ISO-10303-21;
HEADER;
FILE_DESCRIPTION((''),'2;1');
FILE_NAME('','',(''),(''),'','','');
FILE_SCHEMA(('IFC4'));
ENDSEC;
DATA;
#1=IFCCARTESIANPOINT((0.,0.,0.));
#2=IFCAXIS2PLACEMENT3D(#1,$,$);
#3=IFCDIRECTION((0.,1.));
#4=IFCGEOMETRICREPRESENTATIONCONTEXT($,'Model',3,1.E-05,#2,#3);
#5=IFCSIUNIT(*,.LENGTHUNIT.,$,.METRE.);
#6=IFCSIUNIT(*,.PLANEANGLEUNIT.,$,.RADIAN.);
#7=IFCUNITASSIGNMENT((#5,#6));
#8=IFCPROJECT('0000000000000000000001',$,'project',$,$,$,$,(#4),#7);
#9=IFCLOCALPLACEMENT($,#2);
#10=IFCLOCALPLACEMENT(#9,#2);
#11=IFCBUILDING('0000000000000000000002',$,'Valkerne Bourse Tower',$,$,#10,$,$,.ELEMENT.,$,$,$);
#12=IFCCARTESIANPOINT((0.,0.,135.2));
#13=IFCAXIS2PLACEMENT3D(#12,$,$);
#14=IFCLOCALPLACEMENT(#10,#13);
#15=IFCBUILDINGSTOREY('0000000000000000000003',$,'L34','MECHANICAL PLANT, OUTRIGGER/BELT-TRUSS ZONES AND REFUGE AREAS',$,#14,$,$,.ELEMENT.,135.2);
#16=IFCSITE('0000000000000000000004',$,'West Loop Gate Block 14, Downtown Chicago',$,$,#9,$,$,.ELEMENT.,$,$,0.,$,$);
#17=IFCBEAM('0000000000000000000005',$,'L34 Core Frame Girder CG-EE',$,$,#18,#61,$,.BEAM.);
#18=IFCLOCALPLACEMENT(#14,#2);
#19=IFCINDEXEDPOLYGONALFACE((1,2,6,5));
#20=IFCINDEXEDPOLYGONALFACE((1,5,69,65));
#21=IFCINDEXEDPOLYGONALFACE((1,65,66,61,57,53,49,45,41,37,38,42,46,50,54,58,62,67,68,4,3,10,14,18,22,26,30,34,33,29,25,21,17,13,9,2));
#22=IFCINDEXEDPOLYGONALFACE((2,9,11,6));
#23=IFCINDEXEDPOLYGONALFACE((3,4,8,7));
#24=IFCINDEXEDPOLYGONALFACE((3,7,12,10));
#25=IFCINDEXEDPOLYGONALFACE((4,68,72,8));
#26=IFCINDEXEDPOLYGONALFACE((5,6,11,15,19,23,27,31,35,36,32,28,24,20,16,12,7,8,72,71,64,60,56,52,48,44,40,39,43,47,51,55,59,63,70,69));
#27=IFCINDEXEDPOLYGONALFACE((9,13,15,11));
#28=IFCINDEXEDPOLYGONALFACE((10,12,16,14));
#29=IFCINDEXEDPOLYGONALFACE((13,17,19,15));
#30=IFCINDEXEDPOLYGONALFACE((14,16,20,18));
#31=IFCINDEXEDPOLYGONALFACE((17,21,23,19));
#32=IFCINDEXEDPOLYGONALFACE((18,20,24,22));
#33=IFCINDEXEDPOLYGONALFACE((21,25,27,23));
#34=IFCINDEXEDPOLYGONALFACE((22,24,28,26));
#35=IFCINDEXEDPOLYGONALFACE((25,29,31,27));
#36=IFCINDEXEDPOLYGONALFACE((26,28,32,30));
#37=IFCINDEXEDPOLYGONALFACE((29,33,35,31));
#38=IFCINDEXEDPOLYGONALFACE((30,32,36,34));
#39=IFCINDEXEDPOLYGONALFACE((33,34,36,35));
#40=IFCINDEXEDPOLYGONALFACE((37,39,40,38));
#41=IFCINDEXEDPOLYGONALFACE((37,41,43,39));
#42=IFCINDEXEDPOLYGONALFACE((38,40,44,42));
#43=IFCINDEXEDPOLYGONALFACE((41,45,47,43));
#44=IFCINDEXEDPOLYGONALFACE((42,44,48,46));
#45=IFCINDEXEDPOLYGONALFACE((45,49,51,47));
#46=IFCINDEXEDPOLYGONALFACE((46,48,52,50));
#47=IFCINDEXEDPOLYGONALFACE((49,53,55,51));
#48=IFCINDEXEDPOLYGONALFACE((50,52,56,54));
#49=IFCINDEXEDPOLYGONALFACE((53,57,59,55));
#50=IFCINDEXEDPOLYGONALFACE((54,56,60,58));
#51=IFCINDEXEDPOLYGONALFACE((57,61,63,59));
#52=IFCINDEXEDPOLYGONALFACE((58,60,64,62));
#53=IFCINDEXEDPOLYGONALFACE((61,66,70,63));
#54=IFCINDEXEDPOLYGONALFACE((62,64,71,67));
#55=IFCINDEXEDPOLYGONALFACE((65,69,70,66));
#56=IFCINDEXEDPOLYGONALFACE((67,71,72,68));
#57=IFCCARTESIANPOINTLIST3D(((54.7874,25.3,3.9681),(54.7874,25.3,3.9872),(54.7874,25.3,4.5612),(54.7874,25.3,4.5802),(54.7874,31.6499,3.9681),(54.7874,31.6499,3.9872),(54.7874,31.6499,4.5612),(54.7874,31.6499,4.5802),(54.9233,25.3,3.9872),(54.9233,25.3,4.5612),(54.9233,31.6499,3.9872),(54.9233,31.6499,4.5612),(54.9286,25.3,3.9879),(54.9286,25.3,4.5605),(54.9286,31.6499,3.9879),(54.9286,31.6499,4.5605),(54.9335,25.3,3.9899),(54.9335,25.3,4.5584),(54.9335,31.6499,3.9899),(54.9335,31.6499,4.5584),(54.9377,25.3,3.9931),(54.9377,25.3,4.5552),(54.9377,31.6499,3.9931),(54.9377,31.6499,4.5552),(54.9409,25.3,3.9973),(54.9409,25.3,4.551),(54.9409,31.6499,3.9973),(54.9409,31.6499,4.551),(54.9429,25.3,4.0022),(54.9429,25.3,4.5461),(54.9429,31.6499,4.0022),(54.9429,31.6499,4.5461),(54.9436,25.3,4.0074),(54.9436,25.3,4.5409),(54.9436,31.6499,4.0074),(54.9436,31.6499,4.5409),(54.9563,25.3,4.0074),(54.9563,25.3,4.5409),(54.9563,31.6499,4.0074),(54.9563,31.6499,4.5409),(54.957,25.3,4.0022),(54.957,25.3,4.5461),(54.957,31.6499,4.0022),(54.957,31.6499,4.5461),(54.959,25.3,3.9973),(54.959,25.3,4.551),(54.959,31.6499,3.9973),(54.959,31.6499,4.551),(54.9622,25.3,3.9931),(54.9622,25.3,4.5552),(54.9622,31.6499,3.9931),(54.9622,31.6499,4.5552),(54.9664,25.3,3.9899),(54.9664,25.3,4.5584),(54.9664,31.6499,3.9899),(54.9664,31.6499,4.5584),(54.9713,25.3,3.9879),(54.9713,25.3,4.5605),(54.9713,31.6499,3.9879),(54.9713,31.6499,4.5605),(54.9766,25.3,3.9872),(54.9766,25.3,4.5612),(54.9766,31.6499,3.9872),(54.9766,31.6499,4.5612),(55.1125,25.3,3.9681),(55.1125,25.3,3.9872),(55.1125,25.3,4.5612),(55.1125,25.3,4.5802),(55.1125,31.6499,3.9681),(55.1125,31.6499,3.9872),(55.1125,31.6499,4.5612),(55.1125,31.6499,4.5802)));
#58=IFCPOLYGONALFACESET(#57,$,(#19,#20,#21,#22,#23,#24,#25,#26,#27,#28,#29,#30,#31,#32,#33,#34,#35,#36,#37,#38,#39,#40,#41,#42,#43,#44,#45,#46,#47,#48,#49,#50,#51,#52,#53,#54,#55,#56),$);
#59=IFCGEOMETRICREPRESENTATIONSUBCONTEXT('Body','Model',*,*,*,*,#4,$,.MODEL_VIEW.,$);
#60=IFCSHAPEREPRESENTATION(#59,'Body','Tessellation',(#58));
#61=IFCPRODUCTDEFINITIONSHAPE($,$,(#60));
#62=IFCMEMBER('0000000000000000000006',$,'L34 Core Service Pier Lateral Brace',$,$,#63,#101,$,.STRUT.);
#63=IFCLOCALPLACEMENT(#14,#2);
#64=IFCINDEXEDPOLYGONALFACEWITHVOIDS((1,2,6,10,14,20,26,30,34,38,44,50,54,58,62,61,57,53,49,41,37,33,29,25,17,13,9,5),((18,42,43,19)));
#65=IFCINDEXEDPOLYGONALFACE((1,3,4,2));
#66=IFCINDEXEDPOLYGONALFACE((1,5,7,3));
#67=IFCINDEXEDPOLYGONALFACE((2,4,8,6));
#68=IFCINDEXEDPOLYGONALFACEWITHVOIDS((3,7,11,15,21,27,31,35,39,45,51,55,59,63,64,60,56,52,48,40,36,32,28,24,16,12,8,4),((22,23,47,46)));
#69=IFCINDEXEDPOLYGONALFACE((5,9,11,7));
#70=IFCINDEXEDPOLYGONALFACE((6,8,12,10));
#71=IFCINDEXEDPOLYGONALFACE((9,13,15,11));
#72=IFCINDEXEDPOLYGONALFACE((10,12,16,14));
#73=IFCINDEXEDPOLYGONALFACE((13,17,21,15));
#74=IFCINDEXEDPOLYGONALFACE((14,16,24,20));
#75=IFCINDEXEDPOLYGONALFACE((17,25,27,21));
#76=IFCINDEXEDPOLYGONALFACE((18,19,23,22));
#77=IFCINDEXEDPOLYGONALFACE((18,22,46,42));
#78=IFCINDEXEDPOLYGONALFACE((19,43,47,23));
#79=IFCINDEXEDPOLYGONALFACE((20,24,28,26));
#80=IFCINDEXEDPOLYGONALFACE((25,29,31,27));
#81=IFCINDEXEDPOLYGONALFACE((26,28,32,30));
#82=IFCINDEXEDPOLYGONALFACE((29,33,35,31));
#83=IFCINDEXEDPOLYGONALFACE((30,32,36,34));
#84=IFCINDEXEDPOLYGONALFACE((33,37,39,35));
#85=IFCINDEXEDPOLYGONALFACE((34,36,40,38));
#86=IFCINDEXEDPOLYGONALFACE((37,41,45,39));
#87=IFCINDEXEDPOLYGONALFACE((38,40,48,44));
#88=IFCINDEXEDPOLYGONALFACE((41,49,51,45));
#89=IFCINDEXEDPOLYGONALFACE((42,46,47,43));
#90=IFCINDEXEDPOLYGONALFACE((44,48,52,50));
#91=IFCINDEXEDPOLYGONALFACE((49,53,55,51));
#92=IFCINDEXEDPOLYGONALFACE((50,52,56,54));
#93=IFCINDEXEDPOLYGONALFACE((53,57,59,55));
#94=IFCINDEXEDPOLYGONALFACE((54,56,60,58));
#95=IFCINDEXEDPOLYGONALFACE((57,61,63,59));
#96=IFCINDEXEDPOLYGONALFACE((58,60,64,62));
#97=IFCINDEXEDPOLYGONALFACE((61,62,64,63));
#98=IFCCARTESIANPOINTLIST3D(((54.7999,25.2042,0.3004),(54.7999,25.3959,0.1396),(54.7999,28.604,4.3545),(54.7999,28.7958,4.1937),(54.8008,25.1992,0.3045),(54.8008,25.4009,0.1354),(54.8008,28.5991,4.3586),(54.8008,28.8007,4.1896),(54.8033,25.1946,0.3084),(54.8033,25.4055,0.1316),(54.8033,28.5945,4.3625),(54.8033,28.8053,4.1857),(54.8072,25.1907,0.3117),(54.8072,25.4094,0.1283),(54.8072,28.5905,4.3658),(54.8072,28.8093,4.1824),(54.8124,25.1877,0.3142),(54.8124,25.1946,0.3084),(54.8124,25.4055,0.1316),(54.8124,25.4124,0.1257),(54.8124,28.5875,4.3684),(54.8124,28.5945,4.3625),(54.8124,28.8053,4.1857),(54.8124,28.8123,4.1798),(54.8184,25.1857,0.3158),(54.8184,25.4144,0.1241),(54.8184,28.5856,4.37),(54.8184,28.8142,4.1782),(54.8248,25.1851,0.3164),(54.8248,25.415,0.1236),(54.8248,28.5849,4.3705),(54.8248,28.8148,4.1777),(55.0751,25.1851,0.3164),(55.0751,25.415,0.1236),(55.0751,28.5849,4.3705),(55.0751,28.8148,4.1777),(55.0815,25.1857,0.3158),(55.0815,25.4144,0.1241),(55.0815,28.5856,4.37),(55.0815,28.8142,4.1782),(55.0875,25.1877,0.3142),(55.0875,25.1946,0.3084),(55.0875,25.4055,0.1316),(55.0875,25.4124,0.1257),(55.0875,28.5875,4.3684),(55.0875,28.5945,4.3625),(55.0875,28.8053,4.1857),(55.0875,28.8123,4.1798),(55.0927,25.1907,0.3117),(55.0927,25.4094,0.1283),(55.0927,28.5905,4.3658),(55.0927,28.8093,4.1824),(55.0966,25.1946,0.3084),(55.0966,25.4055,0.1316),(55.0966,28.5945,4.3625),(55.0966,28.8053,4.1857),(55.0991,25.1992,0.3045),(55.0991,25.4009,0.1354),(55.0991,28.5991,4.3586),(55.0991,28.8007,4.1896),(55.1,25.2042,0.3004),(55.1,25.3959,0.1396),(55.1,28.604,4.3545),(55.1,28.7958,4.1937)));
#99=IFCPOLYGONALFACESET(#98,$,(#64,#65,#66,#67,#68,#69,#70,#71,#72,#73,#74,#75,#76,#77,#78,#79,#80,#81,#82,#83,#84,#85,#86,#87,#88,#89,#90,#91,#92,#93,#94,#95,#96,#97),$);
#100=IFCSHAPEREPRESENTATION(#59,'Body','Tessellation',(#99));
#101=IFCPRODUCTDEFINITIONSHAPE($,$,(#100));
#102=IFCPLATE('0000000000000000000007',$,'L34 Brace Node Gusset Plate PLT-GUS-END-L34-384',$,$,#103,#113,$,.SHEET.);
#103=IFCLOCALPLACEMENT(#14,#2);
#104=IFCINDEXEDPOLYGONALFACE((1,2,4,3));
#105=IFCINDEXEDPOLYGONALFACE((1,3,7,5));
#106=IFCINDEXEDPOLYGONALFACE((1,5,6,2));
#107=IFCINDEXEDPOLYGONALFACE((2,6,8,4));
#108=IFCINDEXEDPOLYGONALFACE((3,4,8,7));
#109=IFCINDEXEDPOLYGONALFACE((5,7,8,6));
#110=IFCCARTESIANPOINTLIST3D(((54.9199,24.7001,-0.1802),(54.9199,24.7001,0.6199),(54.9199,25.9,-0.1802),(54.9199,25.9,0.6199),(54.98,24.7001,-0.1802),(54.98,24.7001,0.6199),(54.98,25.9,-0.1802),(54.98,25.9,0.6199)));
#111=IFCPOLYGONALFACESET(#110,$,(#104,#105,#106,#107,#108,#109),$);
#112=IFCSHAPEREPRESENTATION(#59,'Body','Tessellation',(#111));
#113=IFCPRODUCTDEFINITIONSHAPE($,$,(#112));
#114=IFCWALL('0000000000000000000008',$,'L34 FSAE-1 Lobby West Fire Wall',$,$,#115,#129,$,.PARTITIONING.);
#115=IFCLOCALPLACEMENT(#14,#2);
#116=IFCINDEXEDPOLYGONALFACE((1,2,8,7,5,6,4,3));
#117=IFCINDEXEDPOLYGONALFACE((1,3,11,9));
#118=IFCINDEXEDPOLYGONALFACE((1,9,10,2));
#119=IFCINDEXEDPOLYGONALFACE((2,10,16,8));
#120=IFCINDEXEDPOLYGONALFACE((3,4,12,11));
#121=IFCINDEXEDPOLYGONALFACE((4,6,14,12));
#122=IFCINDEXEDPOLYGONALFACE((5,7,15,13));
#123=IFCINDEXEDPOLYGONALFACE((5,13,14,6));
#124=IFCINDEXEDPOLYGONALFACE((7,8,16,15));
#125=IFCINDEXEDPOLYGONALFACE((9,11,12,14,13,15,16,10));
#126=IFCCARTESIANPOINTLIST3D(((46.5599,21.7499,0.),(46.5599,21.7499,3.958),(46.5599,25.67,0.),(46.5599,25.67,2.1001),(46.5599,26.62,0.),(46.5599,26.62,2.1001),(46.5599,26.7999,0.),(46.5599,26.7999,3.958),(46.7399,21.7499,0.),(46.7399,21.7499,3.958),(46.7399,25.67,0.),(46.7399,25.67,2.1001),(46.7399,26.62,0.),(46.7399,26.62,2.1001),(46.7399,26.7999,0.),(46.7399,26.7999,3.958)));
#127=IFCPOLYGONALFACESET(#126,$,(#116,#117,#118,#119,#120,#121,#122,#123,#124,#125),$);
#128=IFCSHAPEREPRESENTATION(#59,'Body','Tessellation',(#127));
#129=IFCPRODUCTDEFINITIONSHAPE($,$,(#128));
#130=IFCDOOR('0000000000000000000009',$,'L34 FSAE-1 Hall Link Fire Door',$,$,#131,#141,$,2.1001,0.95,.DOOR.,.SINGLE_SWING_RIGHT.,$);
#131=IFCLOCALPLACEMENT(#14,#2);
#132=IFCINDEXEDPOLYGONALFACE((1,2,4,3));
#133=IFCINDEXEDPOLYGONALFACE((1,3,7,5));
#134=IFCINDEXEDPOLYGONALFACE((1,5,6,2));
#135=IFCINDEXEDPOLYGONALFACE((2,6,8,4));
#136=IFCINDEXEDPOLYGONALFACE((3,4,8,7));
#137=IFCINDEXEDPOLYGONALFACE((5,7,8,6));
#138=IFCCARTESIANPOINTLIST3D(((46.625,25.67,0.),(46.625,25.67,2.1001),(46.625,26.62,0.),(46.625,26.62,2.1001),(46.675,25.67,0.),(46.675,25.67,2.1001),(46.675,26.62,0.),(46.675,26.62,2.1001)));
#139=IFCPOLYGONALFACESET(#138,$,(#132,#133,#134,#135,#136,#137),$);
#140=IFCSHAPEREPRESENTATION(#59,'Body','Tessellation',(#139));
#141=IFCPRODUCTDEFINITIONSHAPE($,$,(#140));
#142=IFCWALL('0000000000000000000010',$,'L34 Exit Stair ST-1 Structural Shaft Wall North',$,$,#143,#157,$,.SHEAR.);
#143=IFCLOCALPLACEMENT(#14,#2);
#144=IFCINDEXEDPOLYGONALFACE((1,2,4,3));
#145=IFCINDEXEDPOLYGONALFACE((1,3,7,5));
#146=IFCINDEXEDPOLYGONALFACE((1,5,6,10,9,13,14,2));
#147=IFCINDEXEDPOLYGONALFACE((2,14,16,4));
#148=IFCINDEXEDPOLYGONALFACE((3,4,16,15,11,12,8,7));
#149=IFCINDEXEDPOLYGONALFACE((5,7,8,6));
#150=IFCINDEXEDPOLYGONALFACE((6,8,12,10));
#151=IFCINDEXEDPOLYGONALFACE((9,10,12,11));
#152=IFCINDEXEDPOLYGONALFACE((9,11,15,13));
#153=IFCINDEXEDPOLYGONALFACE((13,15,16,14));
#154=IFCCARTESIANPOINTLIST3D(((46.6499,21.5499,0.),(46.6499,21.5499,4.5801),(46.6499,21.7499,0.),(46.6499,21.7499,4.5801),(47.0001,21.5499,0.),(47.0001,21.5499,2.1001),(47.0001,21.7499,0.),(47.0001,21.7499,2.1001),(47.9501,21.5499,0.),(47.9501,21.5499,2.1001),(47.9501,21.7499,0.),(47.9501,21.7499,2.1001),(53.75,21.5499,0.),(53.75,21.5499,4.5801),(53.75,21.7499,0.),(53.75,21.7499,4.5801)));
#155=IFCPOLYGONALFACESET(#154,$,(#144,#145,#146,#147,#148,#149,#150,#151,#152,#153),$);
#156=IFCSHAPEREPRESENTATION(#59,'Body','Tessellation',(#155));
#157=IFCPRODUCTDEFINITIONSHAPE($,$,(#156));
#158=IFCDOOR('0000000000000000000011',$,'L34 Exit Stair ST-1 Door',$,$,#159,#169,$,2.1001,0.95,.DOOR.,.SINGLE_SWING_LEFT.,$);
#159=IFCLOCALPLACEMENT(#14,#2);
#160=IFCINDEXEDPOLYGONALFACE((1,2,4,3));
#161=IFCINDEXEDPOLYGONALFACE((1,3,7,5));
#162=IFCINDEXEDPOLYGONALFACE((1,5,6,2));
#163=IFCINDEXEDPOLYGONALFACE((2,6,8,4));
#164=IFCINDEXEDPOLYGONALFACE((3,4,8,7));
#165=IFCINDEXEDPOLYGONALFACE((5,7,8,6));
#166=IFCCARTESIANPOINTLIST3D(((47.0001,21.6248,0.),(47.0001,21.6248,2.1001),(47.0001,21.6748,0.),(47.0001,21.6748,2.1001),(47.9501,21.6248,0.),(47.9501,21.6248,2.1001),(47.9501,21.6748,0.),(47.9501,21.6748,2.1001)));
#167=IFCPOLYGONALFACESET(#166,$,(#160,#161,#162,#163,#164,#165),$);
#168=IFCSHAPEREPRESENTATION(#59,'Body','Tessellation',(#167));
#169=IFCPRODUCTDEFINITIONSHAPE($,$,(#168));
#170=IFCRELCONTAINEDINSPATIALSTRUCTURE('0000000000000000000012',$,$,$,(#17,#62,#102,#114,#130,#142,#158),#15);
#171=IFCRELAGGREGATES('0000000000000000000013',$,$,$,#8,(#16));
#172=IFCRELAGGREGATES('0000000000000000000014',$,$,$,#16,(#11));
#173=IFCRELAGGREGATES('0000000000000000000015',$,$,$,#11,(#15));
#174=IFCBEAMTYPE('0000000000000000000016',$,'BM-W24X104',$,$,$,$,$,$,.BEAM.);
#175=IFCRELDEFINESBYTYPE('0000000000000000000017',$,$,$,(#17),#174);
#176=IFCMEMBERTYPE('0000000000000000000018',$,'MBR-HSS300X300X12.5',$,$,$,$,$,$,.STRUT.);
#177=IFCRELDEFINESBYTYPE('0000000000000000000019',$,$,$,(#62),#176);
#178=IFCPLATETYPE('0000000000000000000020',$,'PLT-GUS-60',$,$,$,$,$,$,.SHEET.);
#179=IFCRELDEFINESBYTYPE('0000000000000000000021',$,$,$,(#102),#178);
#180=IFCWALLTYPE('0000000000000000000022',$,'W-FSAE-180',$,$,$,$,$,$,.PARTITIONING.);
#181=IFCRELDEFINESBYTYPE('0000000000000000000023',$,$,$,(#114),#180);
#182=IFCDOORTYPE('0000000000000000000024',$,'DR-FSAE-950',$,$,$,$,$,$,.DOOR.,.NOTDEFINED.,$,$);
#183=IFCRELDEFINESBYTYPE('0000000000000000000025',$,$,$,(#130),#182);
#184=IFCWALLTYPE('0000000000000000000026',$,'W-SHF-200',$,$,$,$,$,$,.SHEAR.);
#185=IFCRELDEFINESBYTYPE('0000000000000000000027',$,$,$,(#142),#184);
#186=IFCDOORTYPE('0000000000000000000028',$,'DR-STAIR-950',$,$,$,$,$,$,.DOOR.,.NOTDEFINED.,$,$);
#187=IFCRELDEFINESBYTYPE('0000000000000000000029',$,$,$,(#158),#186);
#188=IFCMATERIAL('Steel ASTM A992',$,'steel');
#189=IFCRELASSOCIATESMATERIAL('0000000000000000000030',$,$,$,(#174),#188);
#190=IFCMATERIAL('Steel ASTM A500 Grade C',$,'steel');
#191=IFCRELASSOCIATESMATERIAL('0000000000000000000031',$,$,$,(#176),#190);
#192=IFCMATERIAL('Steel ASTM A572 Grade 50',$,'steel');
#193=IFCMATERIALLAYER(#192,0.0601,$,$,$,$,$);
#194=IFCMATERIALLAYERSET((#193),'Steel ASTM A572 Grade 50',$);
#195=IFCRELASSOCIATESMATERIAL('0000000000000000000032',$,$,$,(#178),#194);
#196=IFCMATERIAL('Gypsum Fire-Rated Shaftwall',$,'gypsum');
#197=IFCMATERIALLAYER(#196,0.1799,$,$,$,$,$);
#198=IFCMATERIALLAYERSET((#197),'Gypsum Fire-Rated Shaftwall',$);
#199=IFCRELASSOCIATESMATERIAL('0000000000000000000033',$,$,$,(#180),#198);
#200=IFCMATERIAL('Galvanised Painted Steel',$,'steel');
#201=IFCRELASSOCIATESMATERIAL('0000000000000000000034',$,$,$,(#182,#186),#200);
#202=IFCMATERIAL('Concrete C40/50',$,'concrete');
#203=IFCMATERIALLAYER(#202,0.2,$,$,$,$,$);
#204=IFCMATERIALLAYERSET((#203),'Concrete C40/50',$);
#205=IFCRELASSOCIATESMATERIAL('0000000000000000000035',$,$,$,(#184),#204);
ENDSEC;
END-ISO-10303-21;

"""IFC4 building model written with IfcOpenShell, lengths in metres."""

from ifc_helpers import new_model, si_unit, direction, frame, frame_2d, origin, origin_2d, place, context, subcontext, project, spatial, rectangle, hollow_rectangle, i_section, extrude, material, layer, layer_set, material_profile, profile_set, type_object, element, fill, save


model = new_model("IFC4")

# Units and contexts
model_context = context("Model", 3, precision=1e-05, world=origin(), true_north=direction((0.0, 1.0)))
body_context = subcontext(model_context, "Body", "Model", "MODEL_VIEW")
ifc_project = project(units=[si_unit("LENGTHUNIT", "METRE"), si_unit("PLANEANGLEUNIT", "RADIAN")], contexts=[model_context])

# Site, building, storey
site_placement = place(None, origin())
site = spatial("IfcSite", under=ifc_project, at=site_placement, Name="West Loop Gate Block 14, Downtown Chicago", CompositionType="ELEMENT", RefElevation=0.0)
building_placement = place(site_placement, origin())
building = spatial("IfcBuilding", under=site, at=building_placement, Name="Valkerne Bourse Tower", CompositionType="ELEMENT")
storey_placement = place(building_placement, frame((0.0, 0.0, 135.2)))
storey = spatial("IfcBuildingStorey", under=building, at=storey_placement, Name="L34", Description="MECHANICAL PLANT, OUTRIGGER/BELT-TRUSS ZONES AND REFUGE AREAS", CompositionType="ELEMENT", Elevation=135.2)

# Beam
ifc_material_1 = material(Name="Steel ASTM A992", Category="steel")
ifc_material_profile_1 = material_profile(ifc_material_1, i_section(OverallWidth=0.3252, OverallDepth=0.6121, WebThickness=0.0127, FlangeThickness=0.019, FilletRadius=0.0203, at=origin_2d()), Name="W24X104")
ifc_profile_set_1 = profile_set([ifc_material_profile_1], Name="Steel ASTM A992")
beam_type = type_object("IfcBeamType", Name="BM-W24X104", PredefinedType="BEAM", material=ifc_profile_set_1)
beam_1_placement = place(storey_placement, frame((54.95, 25.3, 4.2742), z_axis=(0.0, 1.0, 0.0), x_axis=(-1.0, 0.0, 0.0)))
element("IfcBeam", 1, at=beam_1_placement, inside=storey, type_object=beam_type, Name="L34 Core Frame Girder CG-EE", PredefinedType="BEAM", context=body_context, shape_type="SweptSolid", body=[
    extrude(i_section(OverallWidth=0.3252, OverallDepth=0.6121, WebThickness=0.0127, FlangeThickness=0.019, FilletRadius=0.0203, at=origin_2d()), origin(), (0.0, 0.0, 1.0), 6.3499),
])

# Member
ifc_material_2 = material(Name="Steel ASTM A500 Grade C", Category="steel")
ifc_material_profile_2 = material_profile(ifc_material_2, hollow_rectangle(XDim=0.3, YDim=0.3, WallThickness=0.0125, OuterFilletRadius=0.0249, at=origin_2d()), Name="HSS300X300X12.5")
ifc_profile_set_2 = profile_set([ifc_material_profile_2], Name="Steel ASTM A500 Grade C")
member_type = type_object("IfcMemberType", Name="MBR-HSS300X300X12.5", PredefinedType="STRUT", material=ifc_profile_set_2)
member_placement = place(storey_placement, frame((54.95, 25.3, 0.22), z_axis=(0.0, 0.642569, 0.766228), x_axis=(-1.0, 0.0, 0.0)))
element("IfcMember", 2, at=member_placement, inside=storey, type_object=member_type, Name="L34 Core Service Pier Lateral Brace", PredefinedType="STRUT", context=body_context, shape_type="SweptSolid", body=[
    extrude(hollow_rectangle(XDim=0.3, YDim=0.3, WallThickness=0.0125, OuterFilletRadius=0.0249, at=origin_2d()), origin(), (0.0, 0.0, 1.0), 5.291),
])

# Plate
ifc_material_3 = material(Name="Steel ASTM A572 Grade 50", Category="steel")
ifc_layer_1 = layer(ifc_material_3, 0.0601)
ifc_layer_set_1 = layer_set([ifc_layer_1], Name="Steel ASTM A572 Grade 50")
plate_type = type_object("IfcPlateType", Name="PLT-GUS-60", PredefinedType="SHEET", material=ifc_layer_set_1)
plate_placement = place(storey_placement, frame((54.95, 25.3, -0.1802), z_axis=(0.0, 0.0, 1.0), x_axis=(0.0, 1.0, 0.0)))
element("IfcPlate", 3, at=plate_placement, inside=storey, type_object=plate_type, Name="L34 Brace Node Gusset Plate PLT-GUS-END-L34-384", PredefinedType="SHEET", context=body_context, shape_type="SweptSolid", body=[
    extrude(rectangle(XDim=1.2, YDim=0.0601, at=origin_2d()), origin(), (0.0, 0.0, 1.0), 0.8),
])

# Wall, opening, door
ifc_material_4 = material(Name="Gypsum Fire-Rated Shaftwall", Category="gypsum")
ifc_layer_2 = layer(ifc_material_4, 0.1799)
ifc_layer_set_2 = layer_set([ifc_layer_2], Name="Gypsum Fire-Rated Shaftwall")
wall_type_1 = type_object("IfcWallType", Name="W-FSAE-180", PredefinedType="PARTITIONING", material=ifc_layer_set_2)
wall_1_placement = place(storey_placement, frame((46.6499, 21.75, 0.0), z_axis=(0.0, 0.0, 1.0), x_axis=(0.0, 1.0, 0.0)))
wall_1 = element("IfcWall", 4, at=wall_1_placement, inside=storey, type_object=wall_type_1, Name="L34 FSAE-1 Lobby West Fire Wall", PredefinedType="PARTITIONING", context=body_context, shape_type="SweptSolid", body=[
    extrude(rectangle(XDim=5.05, YDim=0.1799, at=frame_2d((2.5249, 0.0))), origin(), (0.0, 0.0, 1.0), 3.958),
])
opening_1_placement = place(wall_1_placement, frame((3.9199, 0.0, 0.0)))
opening_1 = element("IfcOpeningElement", 5, at=opening_1_placement, cuts=wall_1, PredefinedType="OPENING", context=body_context, shape_type="SweptSolid", body=[
    extrude(rectangle(XDim=0.95, YDim=2.1001, at=frame_2d((0.4751, 1.05))), frame((0.0, 0.0999, 0.0), z_axis=(0.0, -1.0, 0.0), x_axis=(1.0, 0.0, 0.0)), (0.0, 0.0, 1.0), 0.2),
])
ifc_material_5 = material(Name="Galvanised Painted Steel", Category="steel")
door_type_1 = type_object("IfcDoorType", Name="DR-FSAE-950", OperationType="NOTDEFINED", PredefinedType="DOOR", material=ifc_material_5)
door_1_placement = place(opening_1_placement, origin())
door_1 = element("IfcDoor", 6, at=door_1_placement, inside=storey, type_object=door_type_1, Name="L34 FSAE-1 Hall Link Fire Door", OperationType="SINGLE_SWING_RIGHT", OverallHeight=2.1001, OverallWidth=0.95, PredefinedType="DOOR", context=body_context, shape_type="SweptSolid", body=[
    extrude(rectangle(XDim=0.95, YDim=2.1001, at=frame_2d((0.4751, 1.05))), frame((0.0, 0.0249, 0.0), z_axis=(0.0, -1.0, 0.0), x_axis=(1.0, 0.0, 0.0)), (0.0, 0.0, 1.0), 0.05),
])
fill(opening_1, door_1)

# Wall, opening, door
ifc_material_6 = material(Name="Concrete C40/50", Category="concrete")
ifc_layer_3 = layer(ifc_material_6, 0.2)
ifc_layer_set_3 = layer_set([ifc_layer_3], Name="Concrete C40/50")
wall_type_2 = type_object("IfcWallType", Name="W-SHF-200", PredefinedType="SHEAR", material=ifc_layer_set_3)
wall_2_placement = place(storey_placement, frame((46.6499, 21.6499, 0.0), z_axis=(0.0, 0.0, 1.0), x_axis=(1.0, 0.0, 0.0)))
wall_2 = element("IfcWall", 7, at=wall_2_placement, inside=storey, type_object=wall_type_2, Name="L34 Exit Stair ST-1 Structural Shaft Wall North", PredefinedType="SHEAR", context=body_context, shape_type="SweptSolid", body=[
    extrude(rectangle(XDim=7.1001, YDim=0.2, at=frame_2d((3.55, 0.0))), origin(), (0.0, 0.0, 1.0), 4.5801),
])
opening_2_placement = place(wall_2_placement, frame((0.3501, 0.0, 0.0)))
opening_2 = element("IfcOpeningElement", 8, at=opening_2_placement, cuts=wall_2, PredefinedType="OPENING", context=body_context, shape_type="SweptSolid", body=[
    extrude(rectangle(XDim=0.95, YDim=2.1001, at=frame_2d((0.4751, 1.05))), frame((0.0, 0.1099, 0.0), z_axis=(0.0, -1.0, 0.0), x_axis=(1.0, 0.0, 0.0)), (0.0, 0.0, 1.0), 0.22),
])
door_type_2 = type_object("IfcDoorType", Name="DR-STAIR-950", OperationType="NOTDEFINED", PredefinedType="DOOR", material=ifc_material_5)
door_2_placement = place(opening_2_placement, origin())
door_2 = element("IfcDoor", 9, at=door_2_placement, inside=storey, type_object=door_type_2, Name="L34 Exit Stair ST-1 Door", OperationType="SINGLE_SWING_LEFT", OverallHeight=2.1001, OverallWidth=0.95, PredefinedType="DOOR", context=body_context, shape_type="SweptSolid", body=[
    extrude(rectangle(XDim=0.95, YDim=2.1001, at=frame_2d((0.4751, 1.05))), frame((0.0, 0.0249, 0.0), z_axis=(0.0, -1.0, 0.0), x_axis=(1.0, 0.0, 0.0)), (0.0, 0.0, 1.0), 0.05),
])
fill(opening_2, door_2)

save(model, "model.ifc")
